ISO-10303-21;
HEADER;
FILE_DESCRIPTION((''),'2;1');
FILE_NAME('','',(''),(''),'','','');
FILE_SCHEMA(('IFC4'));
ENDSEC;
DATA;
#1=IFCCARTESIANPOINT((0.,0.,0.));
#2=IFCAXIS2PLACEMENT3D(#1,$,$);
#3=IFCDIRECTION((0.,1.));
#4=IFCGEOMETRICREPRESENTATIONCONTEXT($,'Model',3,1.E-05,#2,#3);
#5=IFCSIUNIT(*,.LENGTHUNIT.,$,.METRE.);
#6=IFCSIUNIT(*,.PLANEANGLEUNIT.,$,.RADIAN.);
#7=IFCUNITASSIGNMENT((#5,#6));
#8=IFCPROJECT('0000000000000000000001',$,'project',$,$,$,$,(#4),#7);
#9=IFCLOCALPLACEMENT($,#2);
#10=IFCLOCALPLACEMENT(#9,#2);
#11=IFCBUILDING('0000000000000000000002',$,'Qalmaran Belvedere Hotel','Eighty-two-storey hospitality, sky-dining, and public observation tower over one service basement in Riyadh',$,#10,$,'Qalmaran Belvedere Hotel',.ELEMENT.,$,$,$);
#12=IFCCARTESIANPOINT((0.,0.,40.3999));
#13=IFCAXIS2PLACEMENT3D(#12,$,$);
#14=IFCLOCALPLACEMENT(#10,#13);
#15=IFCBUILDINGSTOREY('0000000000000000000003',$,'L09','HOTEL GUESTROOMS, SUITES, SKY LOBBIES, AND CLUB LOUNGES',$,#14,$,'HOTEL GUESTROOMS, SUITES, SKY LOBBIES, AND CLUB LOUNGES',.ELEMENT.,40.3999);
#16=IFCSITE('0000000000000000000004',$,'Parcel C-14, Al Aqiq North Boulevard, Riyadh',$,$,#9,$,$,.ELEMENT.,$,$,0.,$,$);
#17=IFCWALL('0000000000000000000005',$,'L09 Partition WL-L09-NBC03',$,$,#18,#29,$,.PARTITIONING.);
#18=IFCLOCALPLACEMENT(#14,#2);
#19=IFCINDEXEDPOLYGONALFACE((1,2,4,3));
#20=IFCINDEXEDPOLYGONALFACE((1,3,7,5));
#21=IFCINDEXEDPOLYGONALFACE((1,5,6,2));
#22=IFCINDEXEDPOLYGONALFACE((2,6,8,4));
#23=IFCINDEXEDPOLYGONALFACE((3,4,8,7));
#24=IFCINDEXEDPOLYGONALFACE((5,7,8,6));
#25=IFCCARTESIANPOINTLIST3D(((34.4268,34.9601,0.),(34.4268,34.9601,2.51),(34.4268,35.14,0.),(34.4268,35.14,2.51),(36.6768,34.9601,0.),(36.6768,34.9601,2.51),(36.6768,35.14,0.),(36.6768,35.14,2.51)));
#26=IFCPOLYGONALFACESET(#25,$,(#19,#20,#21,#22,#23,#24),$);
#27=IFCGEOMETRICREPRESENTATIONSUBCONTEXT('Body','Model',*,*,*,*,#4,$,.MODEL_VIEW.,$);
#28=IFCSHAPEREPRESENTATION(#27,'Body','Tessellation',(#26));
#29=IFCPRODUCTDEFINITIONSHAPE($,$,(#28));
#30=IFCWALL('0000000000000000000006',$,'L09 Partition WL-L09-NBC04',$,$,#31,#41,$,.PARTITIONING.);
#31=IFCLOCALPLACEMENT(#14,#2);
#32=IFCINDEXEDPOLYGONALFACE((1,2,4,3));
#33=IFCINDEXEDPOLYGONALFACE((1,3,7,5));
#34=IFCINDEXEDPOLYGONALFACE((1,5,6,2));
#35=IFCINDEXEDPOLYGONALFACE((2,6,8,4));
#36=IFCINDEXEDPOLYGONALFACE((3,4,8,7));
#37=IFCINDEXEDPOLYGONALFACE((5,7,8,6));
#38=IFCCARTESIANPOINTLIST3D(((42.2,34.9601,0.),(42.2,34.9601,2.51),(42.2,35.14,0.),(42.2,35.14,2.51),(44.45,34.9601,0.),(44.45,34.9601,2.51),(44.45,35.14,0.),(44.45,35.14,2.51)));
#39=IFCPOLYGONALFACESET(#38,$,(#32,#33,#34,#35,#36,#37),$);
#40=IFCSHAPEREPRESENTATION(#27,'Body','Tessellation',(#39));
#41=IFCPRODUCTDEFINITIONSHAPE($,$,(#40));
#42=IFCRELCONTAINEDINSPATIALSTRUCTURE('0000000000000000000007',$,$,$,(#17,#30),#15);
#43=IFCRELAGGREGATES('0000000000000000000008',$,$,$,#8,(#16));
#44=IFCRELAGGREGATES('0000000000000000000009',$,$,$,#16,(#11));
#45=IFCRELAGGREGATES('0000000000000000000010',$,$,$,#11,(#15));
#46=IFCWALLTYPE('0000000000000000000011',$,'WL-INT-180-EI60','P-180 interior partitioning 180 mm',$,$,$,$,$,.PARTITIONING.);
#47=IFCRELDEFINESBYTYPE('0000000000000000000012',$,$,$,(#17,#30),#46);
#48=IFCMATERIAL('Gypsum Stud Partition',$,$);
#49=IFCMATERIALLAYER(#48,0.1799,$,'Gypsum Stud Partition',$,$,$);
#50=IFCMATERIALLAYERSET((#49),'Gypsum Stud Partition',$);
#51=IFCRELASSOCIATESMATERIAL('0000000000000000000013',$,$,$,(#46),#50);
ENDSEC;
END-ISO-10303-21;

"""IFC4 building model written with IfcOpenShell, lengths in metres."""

from ifc_helpers import new_model, si_unit, direction, frame, frame_2d, origin, place, context, subcontext, project, spatial, rectangle, extrude, material, layer, layer_set, type_object, element, save


model = new_model("IFC4")

# Units and contexts
model_context = context("Model", 3, precision=1e-05, world=origin(), true_north=direction((0.0, 1.0)))
body_context = subcontext(model_context, "Body", "Model", "MODEL_VIEW")
ifc_project = project(units=[si_unit("LENGTHUNIT", "METRE"), si_unit("PLANEANGLEUNIT", "RADIAN")], contexts=[model_context])

# Site, building, storey
site_placement = place(None, origin())
site = spatial("IfcSite", under=ifc_project, at=site_placement, Name="Parcel C-14, Al Aqiq North Boulevard, Riyadh", CompositionType="ELEMENT", RefElevation=0.0)
building_placement = place(site_placement, origin())
building = spatial("IfcBuilding", under=site, at=building_placement, Name="Qalmaran Belvedere Hotel", Description="Eighty-two-storey hospitality, sky-dining, and public observation tower over one service basement in Riyadh", LongName="Qalmaran Belvedere Hotel", CompositionType="ELEMENT")
storey_placement = place(building_placement, frame((0.0, 0.0, 40.3999)))
storey = spatial("IfcBuildingStorey", under=building, at=storey_placement, Name="L09", Description="HOTEL GUESTROOMS, SUITES, SKY LOBBIES, AND CLUB LOUNGES", LongName="HOTEL GUESTROOMS, SUITES, SKY LOBBIES, AND CLUB LOUNGES", CompositionType="ELEMENT", Elevation=40.3999)

# Shared definitions
ifc_material_1 = material(Name="Gypsum Stud Partition")

# Shared definitions
ifc_layer_1 = layer(ifc_material_1, 0.1799, Name="Gypsum Stud Partition")
ifc_layer_set_1 = layer_set([ifc_layer_1], Name="Gypsum Stud Partition")
wall_type_1 = type_object("IfcWallType", Name="WL-INT-180-EI60", Description="P-180 interior partitioning 180 mm", PredefinedType="PARTITIONING", material=ifc_layer_set_1)

# Wall
wall_1_placement = place(storey_placement, frame((34.4268, 35.05, 0.0), z_axis=(0.0, 0.0, 1.0), x_axis=(1.0, 0.0, 0.0)))
element("IfcWall", 1, at=wall_1_placement, inside=storey, type_object=wall_type_1, Name="L09 Partition WL-L09-NBC03", PredefinedType="PARTITIONING", context=body_context, shape_type="SweptSolid", body=[
    extrude(rectangle(XDim=2.25, YDim=0.1799, at=frame_2d((1.125, 0.0))), origin(), (0.0, 0.0, 1.0), 2.51),
])

# Wall
wall_2_placement = place(storey_placement, frame((42.2, 35.05, 0.0), z_axis=(0.0, 0.0, 1.0), x_axis=(1.0, 0.0, 0.0)))
element("IfcWall", 2, at=wall_2_placement, inside=storey, type_object=wall_type_1, Name="L09 Partition WL-L09-NBC04", PredefinedType="PARTITIONING", context=body_context, shape_type="SweptSolid", body=[
    extrude(rectangle(XDim=2.25, YDim=0.1799, at=frame_2d((1.125, 0.0))), origin(), (0.0, 0.0, 1.0), 2.51),
])

save(model, "model.ifc")
